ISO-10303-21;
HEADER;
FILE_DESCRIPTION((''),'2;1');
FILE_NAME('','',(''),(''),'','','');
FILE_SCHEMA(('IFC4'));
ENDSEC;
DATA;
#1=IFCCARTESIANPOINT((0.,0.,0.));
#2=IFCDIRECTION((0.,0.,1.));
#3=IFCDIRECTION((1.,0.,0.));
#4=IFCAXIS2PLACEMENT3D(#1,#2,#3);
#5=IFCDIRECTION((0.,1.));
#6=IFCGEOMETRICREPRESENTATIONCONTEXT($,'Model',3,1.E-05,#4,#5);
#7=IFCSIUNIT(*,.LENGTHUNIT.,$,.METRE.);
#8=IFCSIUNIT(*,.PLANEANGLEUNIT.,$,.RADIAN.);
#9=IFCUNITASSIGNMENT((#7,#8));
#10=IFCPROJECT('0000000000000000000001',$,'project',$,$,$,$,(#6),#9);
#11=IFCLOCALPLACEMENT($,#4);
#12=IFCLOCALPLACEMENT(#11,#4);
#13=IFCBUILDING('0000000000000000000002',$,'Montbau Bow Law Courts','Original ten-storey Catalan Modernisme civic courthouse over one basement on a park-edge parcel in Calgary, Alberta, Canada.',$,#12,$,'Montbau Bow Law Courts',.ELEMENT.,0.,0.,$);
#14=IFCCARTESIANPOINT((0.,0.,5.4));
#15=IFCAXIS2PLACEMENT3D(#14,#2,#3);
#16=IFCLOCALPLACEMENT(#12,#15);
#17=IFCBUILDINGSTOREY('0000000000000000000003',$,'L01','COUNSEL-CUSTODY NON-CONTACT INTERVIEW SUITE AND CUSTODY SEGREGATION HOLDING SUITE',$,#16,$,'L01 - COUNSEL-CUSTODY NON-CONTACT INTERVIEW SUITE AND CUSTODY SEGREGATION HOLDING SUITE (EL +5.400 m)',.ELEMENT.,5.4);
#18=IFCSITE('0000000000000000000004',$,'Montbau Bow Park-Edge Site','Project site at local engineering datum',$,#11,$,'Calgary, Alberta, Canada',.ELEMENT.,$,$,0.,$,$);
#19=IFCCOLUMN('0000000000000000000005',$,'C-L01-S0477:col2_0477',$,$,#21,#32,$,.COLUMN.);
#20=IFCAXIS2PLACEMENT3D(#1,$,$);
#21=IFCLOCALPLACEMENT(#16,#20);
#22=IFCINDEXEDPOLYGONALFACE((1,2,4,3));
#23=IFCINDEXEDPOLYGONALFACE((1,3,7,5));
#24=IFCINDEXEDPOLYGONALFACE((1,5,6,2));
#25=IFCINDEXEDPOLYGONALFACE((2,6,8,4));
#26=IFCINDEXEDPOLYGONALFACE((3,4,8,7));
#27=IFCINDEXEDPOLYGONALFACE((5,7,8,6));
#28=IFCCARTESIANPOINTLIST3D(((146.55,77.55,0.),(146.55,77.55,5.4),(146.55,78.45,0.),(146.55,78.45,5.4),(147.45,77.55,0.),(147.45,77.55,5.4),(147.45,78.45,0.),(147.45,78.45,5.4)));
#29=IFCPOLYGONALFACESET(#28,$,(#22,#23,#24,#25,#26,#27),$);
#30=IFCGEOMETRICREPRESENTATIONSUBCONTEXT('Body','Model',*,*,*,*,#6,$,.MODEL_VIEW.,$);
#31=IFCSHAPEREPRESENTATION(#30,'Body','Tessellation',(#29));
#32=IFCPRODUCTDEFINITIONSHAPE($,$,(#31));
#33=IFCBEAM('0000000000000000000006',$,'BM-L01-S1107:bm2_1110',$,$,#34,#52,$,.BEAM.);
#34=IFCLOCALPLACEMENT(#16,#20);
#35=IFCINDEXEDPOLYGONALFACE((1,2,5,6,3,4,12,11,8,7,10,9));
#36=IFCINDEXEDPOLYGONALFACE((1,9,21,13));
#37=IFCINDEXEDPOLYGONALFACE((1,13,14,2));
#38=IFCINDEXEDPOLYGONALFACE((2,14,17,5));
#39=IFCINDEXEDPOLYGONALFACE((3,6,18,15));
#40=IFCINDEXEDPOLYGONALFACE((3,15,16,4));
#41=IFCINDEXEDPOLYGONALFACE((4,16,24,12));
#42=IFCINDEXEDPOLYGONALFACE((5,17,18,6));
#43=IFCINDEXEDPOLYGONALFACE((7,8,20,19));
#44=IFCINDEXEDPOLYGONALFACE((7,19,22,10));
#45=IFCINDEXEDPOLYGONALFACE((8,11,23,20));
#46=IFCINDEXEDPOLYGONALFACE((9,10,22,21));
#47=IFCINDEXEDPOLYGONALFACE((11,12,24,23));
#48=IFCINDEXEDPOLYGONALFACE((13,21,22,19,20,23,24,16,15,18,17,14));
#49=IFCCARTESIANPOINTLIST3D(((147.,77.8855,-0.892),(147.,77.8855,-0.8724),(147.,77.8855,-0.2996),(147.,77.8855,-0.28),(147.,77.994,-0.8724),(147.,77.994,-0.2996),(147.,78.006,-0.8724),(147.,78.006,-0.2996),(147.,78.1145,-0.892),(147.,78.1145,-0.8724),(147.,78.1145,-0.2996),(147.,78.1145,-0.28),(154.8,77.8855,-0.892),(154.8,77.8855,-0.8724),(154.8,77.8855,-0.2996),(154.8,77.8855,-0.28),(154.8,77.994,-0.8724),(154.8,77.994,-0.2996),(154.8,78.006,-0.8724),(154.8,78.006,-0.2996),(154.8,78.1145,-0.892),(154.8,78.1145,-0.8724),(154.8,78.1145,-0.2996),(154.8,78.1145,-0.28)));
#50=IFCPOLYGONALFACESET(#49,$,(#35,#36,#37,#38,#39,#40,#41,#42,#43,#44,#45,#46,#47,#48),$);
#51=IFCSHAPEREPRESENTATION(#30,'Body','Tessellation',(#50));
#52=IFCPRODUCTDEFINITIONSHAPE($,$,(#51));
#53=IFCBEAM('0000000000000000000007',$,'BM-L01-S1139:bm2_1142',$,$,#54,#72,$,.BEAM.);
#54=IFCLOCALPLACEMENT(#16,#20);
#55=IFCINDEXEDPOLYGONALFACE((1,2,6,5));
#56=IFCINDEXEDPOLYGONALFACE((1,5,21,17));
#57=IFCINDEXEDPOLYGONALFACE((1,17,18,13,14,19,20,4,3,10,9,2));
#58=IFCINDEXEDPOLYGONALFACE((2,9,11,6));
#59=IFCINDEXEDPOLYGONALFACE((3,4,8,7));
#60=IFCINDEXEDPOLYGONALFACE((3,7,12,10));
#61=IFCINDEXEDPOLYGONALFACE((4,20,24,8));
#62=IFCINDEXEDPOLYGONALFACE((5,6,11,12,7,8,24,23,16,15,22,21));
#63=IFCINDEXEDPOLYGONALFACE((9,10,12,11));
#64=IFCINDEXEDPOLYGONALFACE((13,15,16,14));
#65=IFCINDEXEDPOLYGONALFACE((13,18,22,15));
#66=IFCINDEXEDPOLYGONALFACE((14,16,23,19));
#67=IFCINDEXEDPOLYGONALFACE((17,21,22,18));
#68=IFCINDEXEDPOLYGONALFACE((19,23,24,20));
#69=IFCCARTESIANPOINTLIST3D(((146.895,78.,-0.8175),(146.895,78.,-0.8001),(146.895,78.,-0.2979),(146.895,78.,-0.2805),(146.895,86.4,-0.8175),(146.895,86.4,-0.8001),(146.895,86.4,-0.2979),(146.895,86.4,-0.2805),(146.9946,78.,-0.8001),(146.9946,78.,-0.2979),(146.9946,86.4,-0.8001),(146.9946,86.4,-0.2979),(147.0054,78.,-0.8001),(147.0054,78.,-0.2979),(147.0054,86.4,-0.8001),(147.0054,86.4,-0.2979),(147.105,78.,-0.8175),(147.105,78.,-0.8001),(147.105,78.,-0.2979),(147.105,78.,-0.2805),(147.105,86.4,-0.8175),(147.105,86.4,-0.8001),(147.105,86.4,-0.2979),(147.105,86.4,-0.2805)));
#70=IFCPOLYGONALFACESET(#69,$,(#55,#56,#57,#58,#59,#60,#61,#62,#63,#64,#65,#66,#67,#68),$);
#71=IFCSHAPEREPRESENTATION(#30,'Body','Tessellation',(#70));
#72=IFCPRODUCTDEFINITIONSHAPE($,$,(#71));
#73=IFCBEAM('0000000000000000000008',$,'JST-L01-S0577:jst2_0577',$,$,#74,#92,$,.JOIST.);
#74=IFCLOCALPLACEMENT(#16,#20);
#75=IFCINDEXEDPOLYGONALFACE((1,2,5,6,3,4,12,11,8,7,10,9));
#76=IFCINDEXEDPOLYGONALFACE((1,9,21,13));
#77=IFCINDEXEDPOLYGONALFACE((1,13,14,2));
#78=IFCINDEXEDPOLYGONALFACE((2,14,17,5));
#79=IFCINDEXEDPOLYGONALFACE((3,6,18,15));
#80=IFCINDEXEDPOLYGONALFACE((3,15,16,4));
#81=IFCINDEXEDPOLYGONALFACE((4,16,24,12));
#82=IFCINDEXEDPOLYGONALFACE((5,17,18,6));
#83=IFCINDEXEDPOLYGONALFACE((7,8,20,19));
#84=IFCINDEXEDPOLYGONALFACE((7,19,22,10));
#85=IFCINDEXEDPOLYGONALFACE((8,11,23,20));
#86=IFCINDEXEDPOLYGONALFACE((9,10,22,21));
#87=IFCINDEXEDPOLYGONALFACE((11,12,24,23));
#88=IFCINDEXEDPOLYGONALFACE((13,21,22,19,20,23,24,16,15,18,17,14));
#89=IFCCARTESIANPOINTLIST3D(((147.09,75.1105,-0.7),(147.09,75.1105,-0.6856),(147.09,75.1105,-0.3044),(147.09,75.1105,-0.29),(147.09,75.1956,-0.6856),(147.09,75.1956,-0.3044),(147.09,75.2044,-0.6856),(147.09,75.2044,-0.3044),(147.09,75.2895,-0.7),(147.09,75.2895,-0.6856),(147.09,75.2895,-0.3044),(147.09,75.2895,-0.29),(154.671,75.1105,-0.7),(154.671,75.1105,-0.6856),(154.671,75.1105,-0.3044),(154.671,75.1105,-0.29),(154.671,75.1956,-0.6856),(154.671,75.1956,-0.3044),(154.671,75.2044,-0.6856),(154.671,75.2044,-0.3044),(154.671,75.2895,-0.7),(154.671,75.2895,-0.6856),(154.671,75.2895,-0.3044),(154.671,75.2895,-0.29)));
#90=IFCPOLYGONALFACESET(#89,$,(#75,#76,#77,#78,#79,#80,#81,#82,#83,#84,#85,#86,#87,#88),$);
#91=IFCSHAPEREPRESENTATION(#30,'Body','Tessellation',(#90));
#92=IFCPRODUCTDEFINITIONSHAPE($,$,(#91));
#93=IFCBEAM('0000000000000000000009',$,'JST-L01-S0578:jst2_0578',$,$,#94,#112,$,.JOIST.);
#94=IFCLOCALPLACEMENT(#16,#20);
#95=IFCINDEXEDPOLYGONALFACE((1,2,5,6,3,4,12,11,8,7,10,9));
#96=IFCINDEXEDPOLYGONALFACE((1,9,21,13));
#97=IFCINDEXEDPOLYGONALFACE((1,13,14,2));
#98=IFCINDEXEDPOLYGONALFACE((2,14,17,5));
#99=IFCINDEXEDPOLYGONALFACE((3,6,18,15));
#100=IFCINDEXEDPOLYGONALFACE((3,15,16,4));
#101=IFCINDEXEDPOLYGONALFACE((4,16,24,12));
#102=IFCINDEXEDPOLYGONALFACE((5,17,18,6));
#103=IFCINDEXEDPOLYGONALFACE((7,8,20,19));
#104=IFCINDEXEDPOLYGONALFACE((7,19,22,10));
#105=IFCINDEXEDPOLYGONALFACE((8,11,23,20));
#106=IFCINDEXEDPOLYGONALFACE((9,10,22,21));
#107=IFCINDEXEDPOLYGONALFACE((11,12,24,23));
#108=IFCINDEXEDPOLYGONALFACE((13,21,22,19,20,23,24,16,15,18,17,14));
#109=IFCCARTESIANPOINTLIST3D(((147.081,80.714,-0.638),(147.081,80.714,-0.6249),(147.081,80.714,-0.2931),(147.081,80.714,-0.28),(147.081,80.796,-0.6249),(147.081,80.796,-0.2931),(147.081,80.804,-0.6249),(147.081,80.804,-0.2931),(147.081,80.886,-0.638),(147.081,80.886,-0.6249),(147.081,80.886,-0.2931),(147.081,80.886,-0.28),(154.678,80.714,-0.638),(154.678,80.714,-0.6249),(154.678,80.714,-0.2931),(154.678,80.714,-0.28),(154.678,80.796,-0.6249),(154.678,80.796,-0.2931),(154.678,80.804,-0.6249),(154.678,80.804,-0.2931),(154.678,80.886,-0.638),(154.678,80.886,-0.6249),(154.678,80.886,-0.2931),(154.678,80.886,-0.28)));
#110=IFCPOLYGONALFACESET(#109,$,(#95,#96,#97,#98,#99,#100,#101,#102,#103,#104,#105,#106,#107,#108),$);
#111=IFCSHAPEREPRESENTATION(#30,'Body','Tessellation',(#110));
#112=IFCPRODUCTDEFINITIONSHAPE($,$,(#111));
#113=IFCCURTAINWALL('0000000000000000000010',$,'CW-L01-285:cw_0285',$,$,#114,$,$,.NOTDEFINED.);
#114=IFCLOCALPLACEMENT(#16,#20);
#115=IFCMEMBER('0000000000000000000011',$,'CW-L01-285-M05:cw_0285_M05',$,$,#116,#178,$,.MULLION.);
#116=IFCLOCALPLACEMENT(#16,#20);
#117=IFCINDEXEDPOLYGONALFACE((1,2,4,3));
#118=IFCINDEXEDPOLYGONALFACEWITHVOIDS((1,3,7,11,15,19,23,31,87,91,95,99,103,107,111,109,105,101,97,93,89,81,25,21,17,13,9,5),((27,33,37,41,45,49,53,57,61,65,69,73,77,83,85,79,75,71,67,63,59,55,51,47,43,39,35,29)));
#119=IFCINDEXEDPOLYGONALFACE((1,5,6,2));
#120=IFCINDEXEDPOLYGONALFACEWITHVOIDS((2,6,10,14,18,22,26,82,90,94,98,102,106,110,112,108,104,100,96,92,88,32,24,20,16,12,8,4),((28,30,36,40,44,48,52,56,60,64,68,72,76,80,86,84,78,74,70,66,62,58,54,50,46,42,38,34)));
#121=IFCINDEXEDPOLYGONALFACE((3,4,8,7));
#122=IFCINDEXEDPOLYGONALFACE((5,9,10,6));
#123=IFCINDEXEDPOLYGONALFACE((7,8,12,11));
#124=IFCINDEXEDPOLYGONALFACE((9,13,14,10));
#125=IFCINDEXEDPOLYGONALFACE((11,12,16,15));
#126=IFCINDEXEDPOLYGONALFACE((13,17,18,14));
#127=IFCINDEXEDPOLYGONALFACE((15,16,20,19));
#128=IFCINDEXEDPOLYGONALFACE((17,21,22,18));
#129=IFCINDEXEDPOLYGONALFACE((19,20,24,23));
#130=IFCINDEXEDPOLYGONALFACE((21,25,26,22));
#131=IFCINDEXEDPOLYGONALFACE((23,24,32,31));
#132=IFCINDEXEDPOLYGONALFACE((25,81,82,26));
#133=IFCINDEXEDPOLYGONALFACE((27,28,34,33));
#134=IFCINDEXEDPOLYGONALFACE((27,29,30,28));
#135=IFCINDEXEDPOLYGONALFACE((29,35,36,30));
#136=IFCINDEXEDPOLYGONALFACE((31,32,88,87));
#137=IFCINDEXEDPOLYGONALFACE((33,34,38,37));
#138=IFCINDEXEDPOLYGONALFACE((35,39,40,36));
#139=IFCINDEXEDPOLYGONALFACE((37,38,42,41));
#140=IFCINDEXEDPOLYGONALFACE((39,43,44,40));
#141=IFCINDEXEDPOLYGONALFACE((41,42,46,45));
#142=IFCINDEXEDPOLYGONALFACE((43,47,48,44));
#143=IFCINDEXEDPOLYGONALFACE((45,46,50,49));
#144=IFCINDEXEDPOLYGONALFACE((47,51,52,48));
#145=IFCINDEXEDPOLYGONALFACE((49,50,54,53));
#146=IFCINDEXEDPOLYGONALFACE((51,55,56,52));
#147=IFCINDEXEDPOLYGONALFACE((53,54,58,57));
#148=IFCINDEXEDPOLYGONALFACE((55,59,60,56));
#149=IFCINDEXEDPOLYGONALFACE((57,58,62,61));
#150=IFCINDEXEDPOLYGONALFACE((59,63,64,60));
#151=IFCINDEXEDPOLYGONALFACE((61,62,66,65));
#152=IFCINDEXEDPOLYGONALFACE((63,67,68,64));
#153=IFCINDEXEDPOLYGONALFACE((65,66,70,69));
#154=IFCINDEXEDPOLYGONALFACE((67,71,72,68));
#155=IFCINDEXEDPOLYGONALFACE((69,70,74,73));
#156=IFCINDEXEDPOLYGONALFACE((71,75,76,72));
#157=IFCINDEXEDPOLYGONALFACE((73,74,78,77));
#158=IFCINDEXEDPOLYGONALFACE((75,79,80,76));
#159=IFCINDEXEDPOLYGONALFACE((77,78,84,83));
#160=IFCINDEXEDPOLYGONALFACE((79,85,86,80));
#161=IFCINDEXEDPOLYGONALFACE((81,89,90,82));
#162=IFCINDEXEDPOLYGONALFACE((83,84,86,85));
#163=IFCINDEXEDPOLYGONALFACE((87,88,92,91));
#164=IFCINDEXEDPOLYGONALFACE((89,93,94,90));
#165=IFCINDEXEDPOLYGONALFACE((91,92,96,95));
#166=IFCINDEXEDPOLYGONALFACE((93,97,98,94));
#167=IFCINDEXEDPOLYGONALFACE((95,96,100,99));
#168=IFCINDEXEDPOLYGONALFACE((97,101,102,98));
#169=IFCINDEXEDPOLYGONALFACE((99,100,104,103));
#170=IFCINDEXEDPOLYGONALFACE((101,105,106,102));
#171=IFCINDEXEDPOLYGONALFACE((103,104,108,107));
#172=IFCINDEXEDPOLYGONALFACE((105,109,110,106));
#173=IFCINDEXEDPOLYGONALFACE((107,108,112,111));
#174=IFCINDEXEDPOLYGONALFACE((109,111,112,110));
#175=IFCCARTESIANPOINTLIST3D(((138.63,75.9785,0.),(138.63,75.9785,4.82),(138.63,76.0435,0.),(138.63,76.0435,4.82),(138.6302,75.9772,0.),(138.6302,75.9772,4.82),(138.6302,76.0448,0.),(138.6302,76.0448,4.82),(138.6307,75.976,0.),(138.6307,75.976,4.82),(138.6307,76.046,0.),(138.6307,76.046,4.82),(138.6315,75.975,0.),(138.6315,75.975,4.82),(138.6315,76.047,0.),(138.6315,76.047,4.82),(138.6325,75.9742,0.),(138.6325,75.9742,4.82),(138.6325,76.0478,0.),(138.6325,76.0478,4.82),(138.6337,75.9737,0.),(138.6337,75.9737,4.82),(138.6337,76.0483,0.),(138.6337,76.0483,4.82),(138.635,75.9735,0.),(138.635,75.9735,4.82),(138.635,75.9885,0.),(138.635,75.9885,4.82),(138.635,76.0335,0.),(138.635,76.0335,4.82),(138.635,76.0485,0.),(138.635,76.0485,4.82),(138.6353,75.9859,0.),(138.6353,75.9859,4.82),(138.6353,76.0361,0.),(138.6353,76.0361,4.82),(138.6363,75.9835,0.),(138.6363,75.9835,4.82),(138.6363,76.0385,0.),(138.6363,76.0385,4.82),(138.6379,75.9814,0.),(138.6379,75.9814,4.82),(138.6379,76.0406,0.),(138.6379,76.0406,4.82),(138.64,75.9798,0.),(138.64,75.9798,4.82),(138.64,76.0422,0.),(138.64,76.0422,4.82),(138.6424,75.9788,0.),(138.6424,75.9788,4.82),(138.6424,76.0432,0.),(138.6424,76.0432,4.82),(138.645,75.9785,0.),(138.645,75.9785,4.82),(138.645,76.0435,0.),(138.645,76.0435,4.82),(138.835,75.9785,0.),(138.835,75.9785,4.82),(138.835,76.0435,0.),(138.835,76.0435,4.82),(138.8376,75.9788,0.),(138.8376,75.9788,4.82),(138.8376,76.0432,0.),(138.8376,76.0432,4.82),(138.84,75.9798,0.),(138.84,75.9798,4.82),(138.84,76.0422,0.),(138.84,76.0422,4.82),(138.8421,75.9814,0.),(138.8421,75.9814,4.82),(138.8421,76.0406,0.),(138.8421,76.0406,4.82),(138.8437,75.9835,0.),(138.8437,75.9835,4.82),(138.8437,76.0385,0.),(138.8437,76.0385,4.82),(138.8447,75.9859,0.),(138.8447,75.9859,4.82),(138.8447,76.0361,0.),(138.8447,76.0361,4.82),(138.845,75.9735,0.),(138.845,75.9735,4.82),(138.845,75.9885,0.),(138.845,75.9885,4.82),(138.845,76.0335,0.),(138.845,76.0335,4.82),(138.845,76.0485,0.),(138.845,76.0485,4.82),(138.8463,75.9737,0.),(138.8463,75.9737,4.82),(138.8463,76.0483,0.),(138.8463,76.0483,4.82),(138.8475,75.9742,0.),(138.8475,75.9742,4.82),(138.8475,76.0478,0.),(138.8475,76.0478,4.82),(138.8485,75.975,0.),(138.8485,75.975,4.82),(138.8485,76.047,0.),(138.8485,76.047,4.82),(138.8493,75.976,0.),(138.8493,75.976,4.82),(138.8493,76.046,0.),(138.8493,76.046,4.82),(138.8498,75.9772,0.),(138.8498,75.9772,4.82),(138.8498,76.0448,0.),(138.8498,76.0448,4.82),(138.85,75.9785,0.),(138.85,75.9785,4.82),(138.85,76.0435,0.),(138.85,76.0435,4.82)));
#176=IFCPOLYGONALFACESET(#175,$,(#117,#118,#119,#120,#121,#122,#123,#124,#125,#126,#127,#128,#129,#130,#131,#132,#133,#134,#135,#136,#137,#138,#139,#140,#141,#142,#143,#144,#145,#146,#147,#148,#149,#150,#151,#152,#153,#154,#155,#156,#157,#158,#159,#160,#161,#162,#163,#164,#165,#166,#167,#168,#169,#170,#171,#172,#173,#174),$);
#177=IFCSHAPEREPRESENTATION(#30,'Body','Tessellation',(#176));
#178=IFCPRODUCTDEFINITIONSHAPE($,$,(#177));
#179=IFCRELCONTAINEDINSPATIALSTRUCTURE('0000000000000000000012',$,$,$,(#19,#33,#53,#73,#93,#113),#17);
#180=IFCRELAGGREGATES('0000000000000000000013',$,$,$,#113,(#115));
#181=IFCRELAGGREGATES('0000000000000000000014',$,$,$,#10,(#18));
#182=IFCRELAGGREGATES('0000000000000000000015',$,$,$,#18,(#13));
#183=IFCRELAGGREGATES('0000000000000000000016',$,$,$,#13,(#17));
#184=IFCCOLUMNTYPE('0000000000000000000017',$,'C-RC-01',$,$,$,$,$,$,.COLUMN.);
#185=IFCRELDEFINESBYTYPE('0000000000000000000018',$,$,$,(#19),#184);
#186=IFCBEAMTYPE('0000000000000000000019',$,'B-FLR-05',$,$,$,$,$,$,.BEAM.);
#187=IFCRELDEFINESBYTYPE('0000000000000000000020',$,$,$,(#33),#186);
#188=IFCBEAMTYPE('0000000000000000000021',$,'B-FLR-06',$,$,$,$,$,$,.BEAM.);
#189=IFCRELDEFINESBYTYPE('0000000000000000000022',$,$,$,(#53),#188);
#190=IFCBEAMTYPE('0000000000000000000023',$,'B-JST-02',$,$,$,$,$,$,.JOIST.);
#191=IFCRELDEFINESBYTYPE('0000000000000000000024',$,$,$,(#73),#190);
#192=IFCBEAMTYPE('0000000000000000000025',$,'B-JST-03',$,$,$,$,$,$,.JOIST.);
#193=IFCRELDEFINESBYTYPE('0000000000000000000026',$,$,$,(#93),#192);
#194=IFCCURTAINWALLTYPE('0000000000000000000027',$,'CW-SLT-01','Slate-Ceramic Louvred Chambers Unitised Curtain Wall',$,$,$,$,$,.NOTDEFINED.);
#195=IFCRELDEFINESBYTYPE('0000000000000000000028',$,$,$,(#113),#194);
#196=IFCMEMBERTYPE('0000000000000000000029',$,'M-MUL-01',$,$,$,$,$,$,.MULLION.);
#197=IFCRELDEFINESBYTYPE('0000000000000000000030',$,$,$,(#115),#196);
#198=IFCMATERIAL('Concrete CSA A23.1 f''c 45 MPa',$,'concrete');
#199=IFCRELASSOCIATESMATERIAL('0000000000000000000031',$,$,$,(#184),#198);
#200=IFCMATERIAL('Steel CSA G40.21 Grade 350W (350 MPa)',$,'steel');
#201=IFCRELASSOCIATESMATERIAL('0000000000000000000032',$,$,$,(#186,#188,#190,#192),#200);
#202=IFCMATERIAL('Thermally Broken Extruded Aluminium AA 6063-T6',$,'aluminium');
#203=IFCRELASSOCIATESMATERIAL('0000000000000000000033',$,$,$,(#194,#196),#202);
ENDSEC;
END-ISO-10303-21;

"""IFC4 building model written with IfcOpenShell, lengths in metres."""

from ifc_helpers import new_model, si_unit, direction, frame, origin_with_axes, origin_2d_with_axis, place, context, subcontext, project, spatial, rectangle, hollow_rectangle, i_section, extrude, material, material_profile, profile_set, type_object, element, aggregate, save


model = new_model("IFC4")

# Units and contexts
model_context = context("Model", 3, precision=1e-05, world=origin_with_axes(), true_north=direction((0.0, 1.0)))
body_context = subcontext(model_context, "Body", "Model", "MODEL_VIEW")
ifc_project = project(units=[si_unit("LENGTHUNIT", "METRE"), si_unit("PLANEANGLEUNIT", "RADIAN")], contexts=[model_context])

# Site, building, storey
site_placement = place(None, origin_with_axes())
site = spatial("IfcSite", under=ifc_project, at=site_placement, Name="Montbau Bow Park-Edge Site", Description="Project site at local engineering datum", LongName="Calgary, Alberta, Canada", CompositionType="ELEMENT", RefElevation=0.0)
building_placement = place(site_placement, origin_with_axes())
building = spatial("IfcBuilding", under=site, at=building_placement, Name="Montbau Bow Law Courts", Description="Original ten-storey Catalan Modernisme civic courthouse over one basement on a park-edge parcel in Calgary, Alberta, Canada.", LongName="Montbau Bow Law Courts", CompositionType="ELEMENT", ElevationOfRefHeight=0.0, ElevationOfTerrain=0.0)
storey_placement = place(building_placement, frame((0.0, 0.0, 5.4), z_axis=(0.0, 0.0, 1.0), x_axis=(1.0, 0.0, 0.0)))
storey = spatial("IfcBuildingStorey", under=building, at=storey_placement, Name="L01", Description="COUNSEL-CUSTODY NON-CONTACT INTERVIEW SUITE AND CUSTODY SEGREGATION HOLDING SUITE", LongName="L01 - COUNSEL-CUSTODY NON-CONTACT INTERVIEW SUITE AND CUSTODY SEGREGATION HOLDING SUITE (EL +5.400 m)", CompositionType="ELEMENT", Elevation=5.4)

# Column
ifc_material_1 = material(Name="Concrete CSA A23.1 f'c 45 MPa", Category="concrete")
ifc_material_profile_1 = material_profile(ifc_material_1, rectangle(XDim=0.9, YDim=0.9, at=origin_2d_with_axis()), Name="RC900X900", Category="Main", Priority=0)
ifc_profile_set_1 = profile_set([ifc_material_profile_1], Name="Concrete CSA A23.1 f'c 45 MPa")
column_type = type_object("IfcColumnType", Name="C-RC-01", PredefinedType="COLUMN", material=ifc_profile_set_1)
column_placement = place(None, frame((147.0, 78.0, 5.4), z_axis=(0.0, 0.0, 1.0), x_axis=(1.0, 0.0, 0.0)))
element("IfcColumn", 1, at=column_placement, inside=storey, type_object=column_type, Name="C-L01-S0477:col2_0477", PredefinedType="COLUMN", context=body_context, shape_type="SweptSolid", body=[
    extrude(rectangle(XDim=0.9, YDim=0.9, at=origin_2d_with_axis()), origin_with_axes(), (0.0, 0.0, 1.0), 5.4),
])

# Beams
ifc_material_2 = material(Name="Steel CSA G40.21 Grade 350W (350 MPa)", Category="steel")
ifc_material_profile_2 = material_profile(ifc_material_2, i_section(OverallWidth=0.229, OverallDepth=0.612, WebThickness=0.0119, FlangeThickness=0.0196, at=origin_2d_with_axis()), Name="W610X125", Category="Main", Priority=0)
ifc_profile_set_2 = profile_set([ifc_material_profile_2], Name="Steel CSA G40.21 Grade 350W (350 MPa)")
beam_type_1 = type_object("IfcBeamType", Name="B-FLR-05", PredefinedType="BEAM", material=ifc_profile_set_2)
beam_1_placement = place(None, frame((147.0, 78.0, 4.814), z_axis=(1.0, 0.0, 0.0), x_axis=(0.0, 1.0, 0.0)))
element("IfcBeam", 2, at=beam_1_placement, inside=storey, type_object=beam_type_1, Name="BM-L01-S1107:bm2_1110", PredefinedType="BEAM", context=body_context, shape_type="SweptSolid", body=[
    extrude(i_section(OverallWidth=0.229, OverallDepth=0.612, WebThickness=0.0119, FlangeThickness=0.0196, at=origin_2d_with_axis()), origin_with_axes(), (0.0, 0.0, 1.0), 7.8),
])
ifc_material_profile_3 = material_profile(ifc_material_2, i_section(OverallWidth=0.21, OverallDepth=0.537, WebThickness=0.0109, FlangeThickness=0.0174, at=origin_2d_with_axis()), Name="W530X101", Category="Main", Priority=0)
ifc_profile_set_3 = profile_set([ifc_material_profile_3], Name="Steel CSA G40.21 Grade 350W (350 MPa)")
beam_type_2 = type_object("IfcBeamType", Name="B-FLR-06", PredefinedType="BEAM", material=ifc_profile_set_3)
beam_2_placement = place(None, frame((147.0, 78.0, 4.851), z_axis=(0.0, 1.0, 0.0), x_axis=(-1.0, 0.0, 0.0)))
element("IfcBeam", 3, at=beam_2_placement, inside=storey, type_object=beam_type_2, Name="BM-L01-S1139:bm2_1142", PredefinedType="BEAM", context=body_context, shape_type="SweptSolid", body=[
    extrude(i_section(OverallWidth=0.21, OverallDepth=0.537, WebThickness=0.0109, FlangeThickness=0.0174, at=origin_2d_with_axis()), origin_with_axes(), (0.0, 0.0, 1.0), 8.4),
])
ifc_material_profile_4 = material_profile(ifc_material_2, i_section(OverallWidth=0.179, OverallDepth=0.41, WebThickness=0.0088, FlangeThickness=0.0144, at=origin_2d_with_axis()), Name="W410X67", Category="Main", Priority=0)
ifc_profile_set_4 = profile_set([ifc_material_profile_4], Name="Steel CSA G40.21 Grade 350W (350 MPa)")
beam_type_3 = type_object("IfcBeamType", Name="B-JST-02", PredefinedType="JOIST", material=ifc_profile_set_4)
beam_3_placement = place(None, frame((147.09, 75.2, 4.905), z_axis=(1.0, 0.0, 0.0), x_axis=(0.0, 1.0, 0.0)))
element("IfcBeam", 4, at=beam_3_placement, inside=storey, type_object=beam_type_3, Name="JST-L01-S0577:jst2_0577", PredefinedType="JOIST", context=body_context, shape_type="SweptSolid", body=[
    extrude(i_section(OverallWidth=0.179, OverallDepth=0.41, WebThickness=0.0088, FlangeThickness=0.0144, at=origin_2d_with_axis()), origin_with_axes(), (0.0, 0.0, 1.0), 7.581),
])
ifc_material_profile_5 = material_profile(ifc_material_2, i_section(OverallWidth=0.172, OverallDepth=0.358, WebThickness=0.0079, FlangeThickness=0.0131, at=origin_2d_with_axis()), Name="W360X57", Category="Main", Priority=0)
ifc_profile_set_5 = profile_set([ifc_material_profile_5], Name="Steel CSA G40.21 Grade 350W (350 MPa)")
beam_type_4 = type_object("IfcBeamType", Name="B-JST-03", PredefinedType="JOIST", material=ifc_profile_set_5)
beam_4_placement = place(None, frame((147.081, 80.8, 4.941), z_axis=(1.0, 0.0, 0.0), x_axis=(0.0, 1.0, 0.0)))
element("IfcBeam", 5, at=beam_4_placement, inside=storey, type_object=beam_type_4, Name="JST-L01-S0578:jst2_0578", PredefinedType="JOIST", context=body_context, shape_type="SweptSolid", body=[
    extrude(i_section(OverallWidth=0.172, OverallDepth=0.358, WebThickness=0.0079, FlangeThickness=0.0131, at=origin_2d_with_axis()), origin_with_axes(), (0.0, 0.0, 1.0), 7.597),
])

# Curtain wall, member
ifc_material_3 = material(Name="Thermally Broken Extruded Aluminium AA 6063-T6", Category="aluminium")
curtain_wall_type = type_object("IfcCurtainWallType", Name="CW-SLT-01", Description="Slate-Ceramic Louvred Chambers Unitised Curtain Wall", PredefinedType="NOTDEFINED", material=ifc_material_3)
curtain_wall_1_placement = place(None, frame((138.74, 70.115, 5.4), z_axis=(0.0, 0.0, 1.0), x_axis=(1.0, 0.0, 0.0)))
curtain_wall_1 = element("IfcCurtainWall", 6, at=curtain_wall_1_placement, inside=storey, type_object=curtain_wall_type, Name="CW-L01-285:cw_0285", PredefinedType="NOTDEFINED")
ifc_material_profile_6 = material_profile(ifc_material_3, hollow_rectangle(XDim=0.075, YDim=0.22, WallThickness=0.005, InnerFilletRadius=0.01, OuterFilletRadius=0.005, at=origin_2d_with_axis()), Name="CWM-220X75", Category="Main", Priority=0)
ifc_profile_set_6 = profile_set([ifc_material_profile_6], Name="Thermally Broken Extruded Aluminium AA 6063-T6")
member_type_1 = type_object("IfcMemberType", Name="M-MUL-01", PredefinedType="MULLION", material=ifc_profile_set_6)
member_1_placement = place(None, frame((138.74, 76.011, 5.4), z_axis=(0.0, 0.0, 1.0), x_axis=(0.0, 1.0, 0.0)))
member_1 = element("IfcMember", 7, at=member_1_placement, type_object=member_type_1, Name="CW-L01-285-M05:cw_0285_M05", PredefinedType="MULLION", context=body_context, shape_type="SweptSolid", body=[
    extrude(hollow_rectangle(XDim=0.075, YDim=0.22, WallThickness=0.005, InnerFilletRadius=0.01, OuterFilletRadius=0.005, at=origin_2d_with_axis()), origin_with_axes(), (0.0, 0.0, 1.0), 4.82),
])

aggregate(curtain_wall_1, [member_1])

save(model, "model.ifc")
